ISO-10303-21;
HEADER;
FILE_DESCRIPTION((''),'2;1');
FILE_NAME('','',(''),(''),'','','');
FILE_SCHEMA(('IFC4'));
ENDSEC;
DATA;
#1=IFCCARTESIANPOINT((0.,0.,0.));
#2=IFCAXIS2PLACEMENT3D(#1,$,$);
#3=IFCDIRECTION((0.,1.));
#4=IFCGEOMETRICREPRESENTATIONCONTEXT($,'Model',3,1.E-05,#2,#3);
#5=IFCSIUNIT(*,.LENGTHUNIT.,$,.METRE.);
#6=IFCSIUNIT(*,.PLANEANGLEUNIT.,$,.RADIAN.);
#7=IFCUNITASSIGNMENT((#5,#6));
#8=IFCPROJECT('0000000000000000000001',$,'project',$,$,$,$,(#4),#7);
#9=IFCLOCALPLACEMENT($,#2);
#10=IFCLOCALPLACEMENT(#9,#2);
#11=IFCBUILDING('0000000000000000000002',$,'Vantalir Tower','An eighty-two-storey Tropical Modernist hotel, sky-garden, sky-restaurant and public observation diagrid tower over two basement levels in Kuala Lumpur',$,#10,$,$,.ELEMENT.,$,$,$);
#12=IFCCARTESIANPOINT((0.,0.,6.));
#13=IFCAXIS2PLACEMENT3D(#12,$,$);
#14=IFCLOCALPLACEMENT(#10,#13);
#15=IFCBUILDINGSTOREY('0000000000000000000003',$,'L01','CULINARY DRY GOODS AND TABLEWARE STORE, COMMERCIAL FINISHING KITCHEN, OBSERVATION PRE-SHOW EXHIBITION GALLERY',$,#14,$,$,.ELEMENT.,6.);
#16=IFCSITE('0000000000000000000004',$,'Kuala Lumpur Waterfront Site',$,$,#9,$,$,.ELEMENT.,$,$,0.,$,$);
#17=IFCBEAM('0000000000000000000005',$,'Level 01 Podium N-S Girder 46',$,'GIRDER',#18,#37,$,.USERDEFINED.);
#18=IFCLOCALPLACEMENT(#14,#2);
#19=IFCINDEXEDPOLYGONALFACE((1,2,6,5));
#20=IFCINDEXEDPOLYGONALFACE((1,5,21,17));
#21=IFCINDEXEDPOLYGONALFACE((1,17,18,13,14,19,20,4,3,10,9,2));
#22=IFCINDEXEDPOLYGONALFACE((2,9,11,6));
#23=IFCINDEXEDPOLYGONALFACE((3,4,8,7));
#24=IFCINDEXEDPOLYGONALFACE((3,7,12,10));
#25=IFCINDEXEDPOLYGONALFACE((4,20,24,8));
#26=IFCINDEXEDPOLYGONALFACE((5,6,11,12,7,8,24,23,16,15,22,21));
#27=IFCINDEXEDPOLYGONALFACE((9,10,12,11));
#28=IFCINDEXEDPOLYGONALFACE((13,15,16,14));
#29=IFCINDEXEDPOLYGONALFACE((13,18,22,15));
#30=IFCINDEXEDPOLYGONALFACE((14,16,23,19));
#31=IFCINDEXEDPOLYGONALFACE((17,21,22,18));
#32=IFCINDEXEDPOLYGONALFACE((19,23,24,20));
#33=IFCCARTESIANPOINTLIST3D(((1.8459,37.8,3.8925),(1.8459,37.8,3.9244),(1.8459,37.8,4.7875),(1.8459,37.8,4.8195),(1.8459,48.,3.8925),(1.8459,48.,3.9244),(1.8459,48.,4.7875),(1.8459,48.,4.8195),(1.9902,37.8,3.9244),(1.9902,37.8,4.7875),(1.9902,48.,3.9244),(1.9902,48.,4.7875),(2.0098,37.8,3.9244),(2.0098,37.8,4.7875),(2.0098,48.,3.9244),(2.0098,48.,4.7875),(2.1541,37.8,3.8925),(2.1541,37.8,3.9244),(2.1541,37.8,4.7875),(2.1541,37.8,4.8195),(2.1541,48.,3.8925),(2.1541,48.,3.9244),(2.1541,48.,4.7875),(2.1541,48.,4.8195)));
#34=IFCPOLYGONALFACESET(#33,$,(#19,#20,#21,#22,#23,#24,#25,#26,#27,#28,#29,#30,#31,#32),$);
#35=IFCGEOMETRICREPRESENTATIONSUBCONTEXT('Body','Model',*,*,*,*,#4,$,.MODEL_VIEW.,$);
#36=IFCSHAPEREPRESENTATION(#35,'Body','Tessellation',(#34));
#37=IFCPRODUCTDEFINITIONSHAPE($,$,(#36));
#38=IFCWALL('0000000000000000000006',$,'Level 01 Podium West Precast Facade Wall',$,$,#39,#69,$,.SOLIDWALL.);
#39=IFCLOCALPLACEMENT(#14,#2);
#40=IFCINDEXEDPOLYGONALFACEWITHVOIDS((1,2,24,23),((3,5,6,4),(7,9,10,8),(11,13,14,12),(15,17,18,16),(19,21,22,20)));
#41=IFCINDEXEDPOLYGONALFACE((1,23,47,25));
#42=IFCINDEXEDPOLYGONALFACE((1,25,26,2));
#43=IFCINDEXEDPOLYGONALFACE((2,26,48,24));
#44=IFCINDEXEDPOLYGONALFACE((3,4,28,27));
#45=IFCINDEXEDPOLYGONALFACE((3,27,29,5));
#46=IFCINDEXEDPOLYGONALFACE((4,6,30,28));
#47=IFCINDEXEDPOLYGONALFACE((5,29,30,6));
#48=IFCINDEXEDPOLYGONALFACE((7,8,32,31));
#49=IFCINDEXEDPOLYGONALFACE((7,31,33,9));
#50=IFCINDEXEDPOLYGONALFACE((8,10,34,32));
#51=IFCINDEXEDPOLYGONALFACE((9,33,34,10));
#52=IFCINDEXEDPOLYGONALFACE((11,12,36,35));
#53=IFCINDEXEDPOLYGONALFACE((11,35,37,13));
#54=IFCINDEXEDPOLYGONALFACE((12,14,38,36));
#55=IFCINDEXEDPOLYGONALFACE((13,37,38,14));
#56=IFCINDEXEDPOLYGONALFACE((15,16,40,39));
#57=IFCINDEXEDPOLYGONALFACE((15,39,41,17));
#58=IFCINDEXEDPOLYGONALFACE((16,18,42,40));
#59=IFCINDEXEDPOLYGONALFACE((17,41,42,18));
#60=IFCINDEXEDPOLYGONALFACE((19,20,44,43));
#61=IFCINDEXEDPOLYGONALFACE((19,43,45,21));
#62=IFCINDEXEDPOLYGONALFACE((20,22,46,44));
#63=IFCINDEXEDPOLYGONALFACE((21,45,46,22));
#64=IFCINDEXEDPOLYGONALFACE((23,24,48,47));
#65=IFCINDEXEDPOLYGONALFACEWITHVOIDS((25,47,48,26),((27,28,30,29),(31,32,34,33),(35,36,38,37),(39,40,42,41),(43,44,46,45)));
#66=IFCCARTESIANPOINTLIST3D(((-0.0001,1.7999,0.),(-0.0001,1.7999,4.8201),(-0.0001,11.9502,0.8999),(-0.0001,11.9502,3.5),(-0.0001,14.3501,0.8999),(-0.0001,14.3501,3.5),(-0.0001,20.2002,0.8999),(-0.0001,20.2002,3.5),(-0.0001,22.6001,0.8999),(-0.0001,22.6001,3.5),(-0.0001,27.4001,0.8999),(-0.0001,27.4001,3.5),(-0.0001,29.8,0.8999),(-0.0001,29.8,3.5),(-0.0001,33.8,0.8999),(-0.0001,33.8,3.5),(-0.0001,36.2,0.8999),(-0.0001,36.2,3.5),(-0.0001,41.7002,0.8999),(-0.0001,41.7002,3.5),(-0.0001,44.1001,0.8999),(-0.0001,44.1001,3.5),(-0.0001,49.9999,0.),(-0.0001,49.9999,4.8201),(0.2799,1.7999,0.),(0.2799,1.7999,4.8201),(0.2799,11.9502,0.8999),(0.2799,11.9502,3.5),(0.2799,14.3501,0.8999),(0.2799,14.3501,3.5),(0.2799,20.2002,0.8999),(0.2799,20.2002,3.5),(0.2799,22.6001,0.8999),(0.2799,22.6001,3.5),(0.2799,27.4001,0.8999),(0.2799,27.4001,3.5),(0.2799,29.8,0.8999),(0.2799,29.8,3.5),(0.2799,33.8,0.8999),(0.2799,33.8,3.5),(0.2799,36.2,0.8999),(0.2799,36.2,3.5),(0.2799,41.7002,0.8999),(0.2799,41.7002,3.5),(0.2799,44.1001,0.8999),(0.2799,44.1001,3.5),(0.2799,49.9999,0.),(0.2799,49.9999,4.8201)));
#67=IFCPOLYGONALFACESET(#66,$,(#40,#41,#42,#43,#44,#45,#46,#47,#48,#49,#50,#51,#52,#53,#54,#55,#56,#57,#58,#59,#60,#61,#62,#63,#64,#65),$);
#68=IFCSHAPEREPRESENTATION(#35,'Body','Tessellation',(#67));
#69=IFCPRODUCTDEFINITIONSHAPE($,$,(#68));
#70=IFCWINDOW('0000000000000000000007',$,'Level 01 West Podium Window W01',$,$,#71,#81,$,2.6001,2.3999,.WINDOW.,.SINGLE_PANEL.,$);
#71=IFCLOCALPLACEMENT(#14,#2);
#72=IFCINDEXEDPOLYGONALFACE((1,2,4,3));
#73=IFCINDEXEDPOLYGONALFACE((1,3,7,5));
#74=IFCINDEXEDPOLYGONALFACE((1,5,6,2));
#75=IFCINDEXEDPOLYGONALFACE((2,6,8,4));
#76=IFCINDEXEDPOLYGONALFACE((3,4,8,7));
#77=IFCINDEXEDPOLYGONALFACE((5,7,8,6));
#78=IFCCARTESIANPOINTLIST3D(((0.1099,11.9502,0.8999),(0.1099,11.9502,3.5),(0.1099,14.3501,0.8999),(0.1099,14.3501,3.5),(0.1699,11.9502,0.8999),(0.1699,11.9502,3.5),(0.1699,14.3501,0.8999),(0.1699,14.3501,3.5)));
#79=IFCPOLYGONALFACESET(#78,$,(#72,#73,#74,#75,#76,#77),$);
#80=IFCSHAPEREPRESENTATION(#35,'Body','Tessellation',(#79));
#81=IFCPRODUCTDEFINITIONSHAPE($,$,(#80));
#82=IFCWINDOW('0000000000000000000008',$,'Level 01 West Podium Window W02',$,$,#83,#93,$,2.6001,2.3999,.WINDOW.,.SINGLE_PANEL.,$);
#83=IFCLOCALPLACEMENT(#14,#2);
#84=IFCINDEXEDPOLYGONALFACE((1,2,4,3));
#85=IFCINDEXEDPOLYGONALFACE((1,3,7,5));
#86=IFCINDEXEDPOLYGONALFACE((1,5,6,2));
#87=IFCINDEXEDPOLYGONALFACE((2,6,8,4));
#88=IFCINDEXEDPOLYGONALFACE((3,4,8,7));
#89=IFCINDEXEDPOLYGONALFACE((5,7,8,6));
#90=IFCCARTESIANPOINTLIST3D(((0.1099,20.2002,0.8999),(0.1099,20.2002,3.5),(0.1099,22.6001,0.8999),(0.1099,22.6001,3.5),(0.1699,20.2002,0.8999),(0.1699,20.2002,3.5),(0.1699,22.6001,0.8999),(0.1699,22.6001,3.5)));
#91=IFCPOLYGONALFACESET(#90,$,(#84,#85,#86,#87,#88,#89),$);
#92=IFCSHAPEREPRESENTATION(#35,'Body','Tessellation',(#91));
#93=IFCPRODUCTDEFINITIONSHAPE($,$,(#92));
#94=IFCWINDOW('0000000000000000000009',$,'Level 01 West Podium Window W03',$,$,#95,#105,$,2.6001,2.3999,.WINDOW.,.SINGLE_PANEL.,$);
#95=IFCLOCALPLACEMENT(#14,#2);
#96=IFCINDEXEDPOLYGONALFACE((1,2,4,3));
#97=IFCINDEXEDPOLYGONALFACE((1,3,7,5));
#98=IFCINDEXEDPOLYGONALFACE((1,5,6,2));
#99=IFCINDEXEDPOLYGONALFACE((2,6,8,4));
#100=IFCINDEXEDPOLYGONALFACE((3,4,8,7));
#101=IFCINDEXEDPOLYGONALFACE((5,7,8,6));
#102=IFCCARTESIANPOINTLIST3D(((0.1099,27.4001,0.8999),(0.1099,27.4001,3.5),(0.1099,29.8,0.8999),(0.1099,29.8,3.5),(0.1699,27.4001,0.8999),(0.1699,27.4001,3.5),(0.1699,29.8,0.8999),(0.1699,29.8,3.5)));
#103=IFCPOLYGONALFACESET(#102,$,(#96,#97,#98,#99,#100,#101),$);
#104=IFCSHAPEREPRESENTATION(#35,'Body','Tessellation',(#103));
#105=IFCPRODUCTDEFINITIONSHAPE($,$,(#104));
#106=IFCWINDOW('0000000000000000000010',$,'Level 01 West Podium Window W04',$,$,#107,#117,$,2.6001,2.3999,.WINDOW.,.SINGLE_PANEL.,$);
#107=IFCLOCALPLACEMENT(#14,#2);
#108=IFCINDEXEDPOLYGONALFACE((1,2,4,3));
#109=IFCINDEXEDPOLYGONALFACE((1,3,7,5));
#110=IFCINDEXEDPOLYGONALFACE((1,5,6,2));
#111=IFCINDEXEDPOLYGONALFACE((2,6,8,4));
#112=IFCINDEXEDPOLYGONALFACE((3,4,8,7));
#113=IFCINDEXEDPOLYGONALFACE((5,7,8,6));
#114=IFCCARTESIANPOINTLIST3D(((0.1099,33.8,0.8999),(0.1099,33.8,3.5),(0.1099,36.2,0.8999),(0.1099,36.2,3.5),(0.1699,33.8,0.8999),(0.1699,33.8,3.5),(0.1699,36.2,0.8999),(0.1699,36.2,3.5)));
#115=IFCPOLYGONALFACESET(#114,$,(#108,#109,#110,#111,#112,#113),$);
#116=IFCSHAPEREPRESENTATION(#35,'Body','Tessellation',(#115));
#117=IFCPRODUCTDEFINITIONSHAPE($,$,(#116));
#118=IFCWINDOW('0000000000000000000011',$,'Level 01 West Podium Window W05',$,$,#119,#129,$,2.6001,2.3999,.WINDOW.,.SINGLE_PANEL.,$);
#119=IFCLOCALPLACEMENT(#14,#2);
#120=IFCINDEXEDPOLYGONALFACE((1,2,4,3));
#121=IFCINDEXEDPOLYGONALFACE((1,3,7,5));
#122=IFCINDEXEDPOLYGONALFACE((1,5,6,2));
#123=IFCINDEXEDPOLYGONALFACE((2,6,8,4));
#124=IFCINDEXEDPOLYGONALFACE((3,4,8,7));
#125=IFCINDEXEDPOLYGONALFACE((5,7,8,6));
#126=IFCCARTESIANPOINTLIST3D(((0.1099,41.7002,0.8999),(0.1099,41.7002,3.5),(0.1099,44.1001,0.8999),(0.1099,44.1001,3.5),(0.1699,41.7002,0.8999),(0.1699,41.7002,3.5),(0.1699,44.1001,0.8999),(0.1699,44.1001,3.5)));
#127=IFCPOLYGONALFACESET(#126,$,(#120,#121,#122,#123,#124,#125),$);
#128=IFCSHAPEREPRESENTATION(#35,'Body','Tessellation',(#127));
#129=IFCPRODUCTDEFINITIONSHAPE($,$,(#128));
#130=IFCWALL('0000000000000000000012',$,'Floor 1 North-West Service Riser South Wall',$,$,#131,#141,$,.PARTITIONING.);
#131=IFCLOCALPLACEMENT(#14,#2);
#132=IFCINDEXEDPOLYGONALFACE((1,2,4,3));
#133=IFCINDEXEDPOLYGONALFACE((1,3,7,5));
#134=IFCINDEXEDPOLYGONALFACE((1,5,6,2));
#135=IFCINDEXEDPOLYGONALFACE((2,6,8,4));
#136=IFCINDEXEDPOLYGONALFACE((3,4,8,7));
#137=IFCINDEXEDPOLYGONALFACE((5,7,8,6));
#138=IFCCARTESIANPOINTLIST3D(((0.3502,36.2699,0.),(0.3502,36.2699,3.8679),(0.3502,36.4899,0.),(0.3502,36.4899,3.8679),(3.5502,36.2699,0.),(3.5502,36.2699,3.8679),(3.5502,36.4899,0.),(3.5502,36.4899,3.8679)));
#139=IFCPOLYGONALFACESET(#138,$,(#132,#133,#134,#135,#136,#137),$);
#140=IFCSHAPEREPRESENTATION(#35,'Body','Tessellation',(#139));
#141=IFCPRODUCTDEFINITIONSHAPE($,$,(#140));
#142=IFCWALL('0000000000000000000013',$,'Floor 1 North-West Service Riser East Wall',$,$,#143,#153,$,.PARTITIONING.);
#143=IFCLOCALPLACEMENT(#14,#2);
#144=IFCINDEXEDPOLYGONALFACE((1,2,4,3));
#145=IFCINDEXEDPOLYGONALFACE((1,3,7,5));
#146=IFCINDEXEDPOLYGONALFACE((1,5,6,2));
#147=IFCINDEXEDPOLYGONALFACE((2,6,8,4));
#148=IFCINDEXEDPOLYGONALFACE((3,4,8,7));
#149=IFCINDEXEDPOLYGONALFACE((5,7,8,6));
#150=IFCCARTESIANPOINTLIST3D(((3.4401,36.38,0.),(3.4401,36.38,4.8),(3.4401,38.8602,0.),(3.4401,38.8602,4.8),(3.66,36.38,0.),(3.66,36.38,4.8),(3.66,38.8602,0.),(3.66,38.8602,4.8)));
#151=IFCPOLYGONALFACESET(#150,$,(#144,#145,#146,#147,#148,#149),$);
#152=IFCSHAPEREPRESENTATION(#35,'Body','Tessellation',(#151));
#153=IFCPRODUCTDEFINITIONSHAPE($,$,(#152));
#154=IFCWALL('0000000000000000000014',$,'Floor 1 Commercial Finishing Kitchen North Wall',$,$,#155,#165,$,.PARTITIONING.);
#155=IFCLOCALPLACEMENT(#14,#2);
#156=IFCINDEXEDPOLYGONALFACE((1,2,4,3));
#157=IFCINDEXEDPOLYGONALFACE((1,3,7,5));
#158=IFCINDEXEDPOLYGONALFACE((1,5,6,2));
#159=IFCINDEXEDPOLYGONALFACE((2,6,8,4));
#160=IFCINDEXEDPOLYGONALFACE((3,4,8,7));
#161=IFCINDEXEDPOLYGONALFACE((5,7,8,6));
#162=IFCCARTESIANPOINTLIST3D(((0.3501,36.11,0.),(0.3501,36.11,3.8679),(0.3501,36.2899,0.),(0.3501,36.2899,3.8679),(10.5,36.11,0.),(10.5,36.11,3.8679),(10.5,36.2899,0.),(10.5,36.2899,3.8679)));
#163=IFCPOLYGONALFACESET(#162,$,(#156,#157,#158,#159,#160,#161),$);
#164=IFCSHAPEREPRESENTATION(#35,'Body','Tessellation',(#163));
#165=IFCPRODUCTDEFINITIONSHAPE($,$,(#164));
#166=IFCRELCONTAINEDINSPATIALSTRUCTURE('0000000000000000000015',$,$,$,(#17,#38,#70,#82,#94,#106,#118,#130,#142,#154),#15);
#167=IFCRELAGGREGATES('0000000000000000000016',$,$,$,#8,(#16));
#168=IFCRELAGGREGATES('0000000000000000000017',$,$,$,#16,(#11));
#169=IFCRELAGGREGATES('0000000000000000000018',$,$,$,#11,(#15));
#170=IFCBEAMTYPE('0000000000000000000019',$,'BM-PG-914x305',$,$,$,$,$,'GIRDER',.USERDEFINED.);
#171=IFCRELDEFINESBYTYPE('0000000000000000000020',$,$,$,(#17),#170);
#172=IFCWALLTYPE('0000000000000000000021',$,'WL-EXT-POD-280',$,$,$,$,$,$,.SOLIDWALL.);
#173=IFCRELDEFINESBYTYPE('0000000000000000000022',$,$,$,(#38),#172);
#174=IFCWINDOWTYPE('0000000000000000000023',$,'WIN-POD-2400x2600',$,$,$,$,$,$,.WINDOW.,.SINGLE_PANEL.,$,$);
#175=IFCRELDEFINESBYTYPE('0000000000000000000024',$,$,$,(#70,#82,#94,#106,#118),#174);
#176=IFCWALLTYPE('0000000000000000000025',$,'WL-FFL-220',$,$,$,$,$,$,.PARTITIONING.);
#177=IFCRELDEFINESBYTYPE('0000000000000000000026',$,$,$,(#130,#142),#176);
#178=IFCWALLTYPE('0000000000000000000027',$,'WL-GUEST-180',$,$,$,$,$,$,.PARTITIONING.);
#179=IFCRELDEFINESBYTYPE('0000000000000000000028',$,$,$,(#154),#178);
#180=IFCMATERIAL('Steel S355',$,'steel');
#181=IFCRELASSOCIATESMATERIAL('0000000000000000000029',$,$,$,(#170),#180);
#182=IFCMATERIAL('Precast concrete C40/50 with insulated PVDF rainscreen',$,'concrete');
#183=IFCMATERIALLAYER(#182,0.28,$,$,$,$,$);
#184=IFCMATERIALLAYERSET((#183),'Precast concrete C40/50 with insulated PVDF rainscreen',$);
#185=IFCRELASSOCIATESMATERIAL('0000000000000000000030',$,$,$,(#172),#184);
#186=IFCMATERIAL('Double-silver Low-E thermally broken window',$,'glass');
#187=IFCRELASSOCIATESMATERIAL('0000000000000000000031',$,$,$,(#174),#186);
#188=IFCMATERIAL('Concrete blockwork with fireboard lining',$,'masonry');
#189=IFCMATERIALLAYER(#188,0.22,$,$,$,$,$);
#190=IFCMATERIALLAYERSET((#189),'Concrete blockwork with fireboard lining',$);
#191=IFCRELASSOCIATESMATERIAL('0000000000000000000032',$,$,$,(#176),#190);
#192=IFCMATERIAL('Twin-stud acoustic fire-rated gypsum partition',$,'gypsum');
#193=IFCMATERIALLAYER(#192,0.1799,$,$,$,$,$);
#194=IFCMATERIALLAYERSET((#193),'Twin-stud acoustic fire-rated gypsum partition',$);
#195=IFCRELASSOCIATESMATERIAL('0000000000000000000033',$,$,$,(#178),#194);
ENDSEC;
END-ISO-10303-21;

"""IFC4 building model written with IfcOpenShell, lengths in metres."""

from ifc_helpers import new_model, si_unit, direction, frame, frame_2d, origin, origin_2d, place, context, subcontext, project, spatial, rectangle, i_section, extrude, material, layer, layer_set, material_profile, profile_set, type_object, element, fill, save


model = new_model("IFC4")

# Units and contexts
model_context = context("Model", 3, precision=1e-05, world=origin(), true_north=direction((0.0, 1.0)))
body_context = subcontext(model_context, "Body", "Model", "MODEL_VIEW")
ifc_project = project(units=[si_unit("LENGTHUNIT", "METRE"), si_unit("PLANEANGLEUNIT", "RADIAN")], contexts=[model_context])

# Site, building, storey
site_placement = place(None, origin())
site = spatial("IfcSite", under=ifc_project, at=site_placement, Name="Kuala Lumpur Waterfront Site", CompositionType="ELEMENT", RefElevation=0.0)
building_placement = place(site_placement, origin())
building = spatial("IfcBuilding", under=site, at=building_placement, Name="Vantalir Tower", Description="An eighty-two-storey Tropical Modernist hotel, sky-garden, sky-restaurant and public observation diagrid tower over two basement levels in Kuala Lumpur", CompositionType="ELEMENT")
storey_placement = place(building_placement, frame((0.0, 0.0, 6.0)))
storey = spatial("IfcBuildingStorey", under=building, at=storey_placement, Name="L01", Description="CULINARY DRY GOODS AND TABLEWARE STORE, COMMERCIAL FINISHING KITCHEN, OBSERVATION PRE-SHOW EXHIBITION GALLERY", CompositionType="ELEMENT", Elevation=6.0)

# Beam
ifc_material_1 = material(Name="Steel S355", Category="steel")
ifc_material_profile_1 = material_profile(ifc_material_1, i_section(OverallWidth=0.3081, OverallDepth=0.927, WebThickness=0.0195, FlangeThickness=0.032, at=origin_2d()), Name="Steel S355")
ifc_profile_set_1 = profile_set([ifc_material_profile_1], Name="Steel S355")
beam_type_1 = type_object("IfcBeamType", Name="BM-PG-914x305", ElementType="GIRDER", PredefinedType="USERDEFINED", material=ifc_profile_set_1)
beam_1_placement = place(storey_placement, frame((2.0, 37.8, 4.356), z_axis=(0.0, 1.0, 0.0), x_axis=(-1.0, 0.0, 0.0)))
element("IfcBeam", 1, at=beam_1_placement, inside=storey, type_object=beam_type_1, Name="Level 01 Podium N-S Girder 46", ObjectType="GIRDER", PredefinedType="USERDEFINED", context=body_context, shape_type="SweptSolid", body=[
    extrude(i_section(OverallWidth=0.3081, OverallDepth=0.927, WebThickness=0.0195, FlangeThickness=0.032, at=origin_2d()), origin(), (0.0, 0.0, 1.0), 10.2),
])

# Wall, openings, windows
ifc_material_2 = material(Name="Precast concrete C40/50 with insulated PVDF rainscreen", Category="concrete")
ifc_layer_1 = layer(ifc_material_2, 0.28)
ifc_layer_set_1 = layer_set([ifc_layer_1], Name="Precast concrete C40/50 with insulated PVDF rainscreen")
wall_type_1 = type_object("IfcWallType", Name="WL-EXT-POD-280", PredefinedType="SOLIDWALL", material=ifc_layer_set_1)
wall_1_placement = place(storey_placement, frame((0.1399, 50.0, 0.0), z_axis=(0.0, 0.0, 1.0), x_axis=(0.0, -1.0, 0.0)))
wall_1 = element("IfcWall", 2, at=wall_1_placement, inside=storey, type_object=wall_type_1, Name="Level 01 Podium West Precast Facade Wall", PredefinedType="SOLIDWALL", context=body_context, shape_type="SweptSolid", body=[
    extrude(rectangle(XDim=48.2, YDim=0.28, at=frame_2d((24.1001, 0.0))), origin(), (0.0, 0.0, 1.0), 4.8201),
])
opening_1_placement = place(wall_1_placement, frame((35.6499, 0.0, 0.8999)))
opening_1 = element("IfcOpeningElement", 3, at=opening_1_placement, cuts=wall_1, PredefinedType="OPENING", context=body_context, shape_type="SweptSolid", body=[
    extrude(rectangle(XDim=2.3999, YDim=2.6001, at=frame_2d((1.2, 1.3))), frame((0.0, 0.1499, 0.0), z_axis=(0.0, -1.0, 0.0), x_axis=(1.0, 0.0, 0.0)), (0.0, 0.0, 1.0), 0.3),
])
opening_2_placement = place(wall_1_placement, frame((27.3999, 0.0, 0.8999)))
opening_2 = element("IfcOpeningElement", 4, at=opening_2_placement, cuts=wall_1, PredefinedType="OPENING", context=body_context, shape_type="SweptSolid", body=[
    extrude(rectangle(XDim=2.3999, YDim=2.6001, at=frame_2d((1.2, 1.3))), frame((0.0, 0.1499, 0.0), z_axis=(0.0, -1.0, 0.0), x_axis=(1.0, 0.0, 0.0)), (0.0, 0.0, 1.0), 0.3),
])
opening_3_placement = place(wall_1_placement, frame((20.2, 0.0, 0.8999)))
opening_3 = element("IfcOpeningElement", 5, at=opening_3_placement, cuts=wall_1, PredefinedType="OPENING", context=body_context, shape_type="SweptSolid", body=[
    extrude(rectangle(XDim=2.3999, YDim=2.6001, at=frame_2d((1.2, 1.3))), frame((0.0, 0.1499, 0.0), z_axis=(0.0, -1.0, 0.0), x_axis=(1.0, 0.0, 0.0)), (0.0, 0.0, 1.0), 0.3),
])
opening_4_placement = place(wall_1_placement, frame((13.8, 0.0, 0.8999)))
opening_4 = element("IfcOpeningElement", 6, at=opening_4_placement, cuts=wall_1, PredefinedType="OPENING", context=body_context, shape_type="SweptSolid", body=[
    extrude(rectangle(XDim=2.3999, YDim=2.6001, at=frame_2d((1.2, 1.3))), frame((0.0, 0.1499, 0.0), z_axis=(0.0, -1.0, 0.0), x_axis=(1.0, 0.0, 0.0)), (0.0, 0.0, 1.0), 0.3),
])
opening_5_placement = place(wall_1_placement, frame((5.8999, 0.0, 0.8999)))
opening_5 = element("IfcOpeningElement", 7, at=opening_5_placement, cuts=wall_1, PredefinedType="OPENING", context=body_context, shape_type="SweptSolid", body=[
    extrude(rectangle(XDim=2.3999, YDim=2.6001, at=frame_2d((1.2, 1.3))), frame((0.0, 0.1499, 0.0), z_axis=(0.0, -1.0, 0.0), x_axis=(1.0, 0.0, 0.0)), (0.0, 0.0, 1.0), 0.3),
])
ifc_material_3 = material(Name="Double-silver Low-E thermally broken window", Category="glass")
window_type = type_object("IfcWindowType", Name="WIN-POD-2400x2600", PartitioningType="SINGLE_PANEL", PredefinedType="WINDOW", material=ifc_material_3)
window_1_placement = place(opening_1_placement, origin())
window_1 = element("IfcWindow", 8, at=window_1_placement, inside=storey, type_object=window_type, Name="Level 01 West Podium Window W01", OverallHeight=2.6001, OverallWidth=2.3999, PartitioningType="SINGLE_PANEL", PredefinedType="WINDOW", context=body_context, shape_type="SweptSolid", body=[
    extrude(rectangle(XDim=2.3999, YDim=2.6001, at=frame_2d((1.2, 1.3))), frame((0.0, 0.03, 0.0), z_axis=(0.0, -1.0, 0.0), x_axis=(1.0, 0.0, 0.0)), (0.0, 0.0, 1.0), 0.0601),
])
fill(opening_1, window_1)
window_2_placement = place(opening_2_placement, origin())
window_2 = element("IfcWindow", 9, at=window_2_placement, inside=storey, type_object=window_type, Name="Level 01 West Podium Window W02", OverallHeight=2.6001, OverallWidth=2.3999, PartitioningType="SINGLE_PANEL", PredefinedType="WINDOW", context=body_context, shape_type="SweptSolid", body=[
    extrude(rectangle(XDim=2.3999, YDim=2.6001, at=frame_2d((1.2, 1.3))), frame((0.0, 0.03, 0.0), z_axis=(0.0, -1.0, 0.0), x_axis=(1.0, 0.0, 0.0)), (0.0, 0.0, 1.0), 0.0601),
])
fill(opening_2, window_2)
window_3_placement = place(opening_3_placement, origin())
window_3 = element("IfcWindow", 10, at=window_3_placement, inside=storey, type_object=window_type, Name="Level 01 West Podium Window W03", OverallHeight=2.6001, OverallWidth=2.3999, PartitioningType="SINGLE_PANEL", PredefinedType="WINDOW", context=body_context, shape_type="SweptSolid", body=[
    extrude(rectangle(XDim=2.3999, YDim=2.6001, at=frame_2d((1.2, 1.3))), frame((0.0, 0.03, 0.0), z_axis=(0.0, -1.0, 0.0), x_axis=(1.0, 0.0, 0.0)), (0.0, 0.0, 1.0), 0.0601),
])
fill(opening_3, window_3)
window_4_placement = place(opening_4_placement, origin())
window_4 = element("IfcWindow", 11, at=window_4_placement, inside=storey, type_object=window_type, Name="Level 01 West Podium Window W04", OverallHeight=2.6001, OverallWidth=2.3999, PartitioningType="SINGLE_PANEL", PredefinedType="WINDOW", context=body_context, shape_type="SweptSolid", body=[
    extrude(rectangle(XDim=2.3999, YDim=2.6001, at=frame_2d((1.2, 1.3))), frame((0.0, 0.03, 0.0), z_axis=(0.0, -1.0, 0.0), x_axis=(1.0, 0.0, 0.0)), (0.0, 0.0, 1.0), 0.0601),
])
fill(opening_4, window_4)
window_5_placement = place(opening_5_placement, origin())
window_5 = element("IfcWindow", 12, at=window_5_placement, inside=storey, type_object=window_type, Name="Level 01 West Podium Window W05", OverallHeight=2.6001, OverallWidth=2.3999, PartitioningType="SINGLE_PANEL", PredefinedType="WINDOW", context=body_context, shape_type="SweptSolid", body=[
    extrude(rectangle(XDim=2.3999, YDim=2.6001, at=frame_2d((1.2, 1.3))), frame((0.0, 0.03, 0.0), z_axis=(0.0, -1.0, 0.0), x_axis=(1.0, 0.0, 0.0)), (0.0, 0.0, 1.0), 0.0601),
])
fill(opening_5, window_5)

# Walls
ifc_material_4 = material(Name="Concrete blockwork with fireboard lining", Category="masonry")
ifc_layer_2 = layer(ifc_material_4, 0.22)
ifc_layer_set_2 = layer_set([ifc_layer_2], Name="Concrete blockwork with fireboard lining")
wall_type_2 = type_object("IfcWallType", Name="WL-FFL-220", PredefinedType="PARTITIONING", material=ifc_layer_set_2)
wall_2_placement = place(storey_placement, frame((0.3501, 36.3799, 0.0), z_axis=(0.0, 0.0, 1.0), x_axis=(1.0, 0.0, 0.0)))
element("IfcWall", 13, at=wall_2_placement, inside=storey, type_object=wall_type_2, Name="Floor 1 North-West Service Riser South Wall", PredefinedType="PARTITIONING", context=body_context, shape_type="SweptSolid", body=[
    extrude(rectangle(XDim=3.2, YDim=0.22, at=frame_2d((1.6001, 0.0))), origin(), (0.0, 0.0, 1.0), 3.8679),
])
wall_3_placement = place(storey_placement, frame((3.55, 36.3799, 0.0), z_axis=(0.0, 0.0, 1.0), x_axis=(0.0, 1.0, 0.0)))
element("IfcWall", 14, at=wall_3_placement, inside=storey, type_object=wall_type_2, Name="Floor 1 North-West Service Riser East Wall", PredefinedType="PARTITIONING", context=body_context, shape_type="SweptSolid", body=[
    extrude(rectangle(XDim=2.4802, YDim=0.22, at=frame_2d((1.2402, 0.0))), origin(), (0.0, 0.0, 1.0), 4.8),
])
ifc_material_5 = material(Name="Twin-stud acoustic fire-rated gypsum partition", Category="gypsum")
ifc_layer_3 = layer(ifc_material_5, 0.1799)
ifc_layer_set_3 = layer_set([ifc_layer_3], Name="Twin-stud acoustic fire-rated gypsum partition")
wall_type_3 = type_object("IfcWallType", Name="WL-GUEST-180", PredefinedType="PARTITIONING", material=ifc_layer_set_3)
wall_4_placement = place(storey_placement, frame((0.3501, 36.2, 0.0), z_axis=(0.0, 0.0, 1.0), x_axis=(1.0, 0.0, 0.0)))
element("IfcWall", 15, at=wall_4_placement, inside=storey, type_object=wall_type_3, Name="Floor 1 Commercial Finishing Kitchen North Wall", PredefinedType="PARTITIONING", context=body_context, shape_type="SweptSolid", body=[
    extrude(rectangle(XDim=10.1499, YDim=0.1799, at=frame_2d((5.075, 0.0))), origin(), (0.0, 0.0, 1.0), 3.8679),
])

save(model, "model.ifc")
